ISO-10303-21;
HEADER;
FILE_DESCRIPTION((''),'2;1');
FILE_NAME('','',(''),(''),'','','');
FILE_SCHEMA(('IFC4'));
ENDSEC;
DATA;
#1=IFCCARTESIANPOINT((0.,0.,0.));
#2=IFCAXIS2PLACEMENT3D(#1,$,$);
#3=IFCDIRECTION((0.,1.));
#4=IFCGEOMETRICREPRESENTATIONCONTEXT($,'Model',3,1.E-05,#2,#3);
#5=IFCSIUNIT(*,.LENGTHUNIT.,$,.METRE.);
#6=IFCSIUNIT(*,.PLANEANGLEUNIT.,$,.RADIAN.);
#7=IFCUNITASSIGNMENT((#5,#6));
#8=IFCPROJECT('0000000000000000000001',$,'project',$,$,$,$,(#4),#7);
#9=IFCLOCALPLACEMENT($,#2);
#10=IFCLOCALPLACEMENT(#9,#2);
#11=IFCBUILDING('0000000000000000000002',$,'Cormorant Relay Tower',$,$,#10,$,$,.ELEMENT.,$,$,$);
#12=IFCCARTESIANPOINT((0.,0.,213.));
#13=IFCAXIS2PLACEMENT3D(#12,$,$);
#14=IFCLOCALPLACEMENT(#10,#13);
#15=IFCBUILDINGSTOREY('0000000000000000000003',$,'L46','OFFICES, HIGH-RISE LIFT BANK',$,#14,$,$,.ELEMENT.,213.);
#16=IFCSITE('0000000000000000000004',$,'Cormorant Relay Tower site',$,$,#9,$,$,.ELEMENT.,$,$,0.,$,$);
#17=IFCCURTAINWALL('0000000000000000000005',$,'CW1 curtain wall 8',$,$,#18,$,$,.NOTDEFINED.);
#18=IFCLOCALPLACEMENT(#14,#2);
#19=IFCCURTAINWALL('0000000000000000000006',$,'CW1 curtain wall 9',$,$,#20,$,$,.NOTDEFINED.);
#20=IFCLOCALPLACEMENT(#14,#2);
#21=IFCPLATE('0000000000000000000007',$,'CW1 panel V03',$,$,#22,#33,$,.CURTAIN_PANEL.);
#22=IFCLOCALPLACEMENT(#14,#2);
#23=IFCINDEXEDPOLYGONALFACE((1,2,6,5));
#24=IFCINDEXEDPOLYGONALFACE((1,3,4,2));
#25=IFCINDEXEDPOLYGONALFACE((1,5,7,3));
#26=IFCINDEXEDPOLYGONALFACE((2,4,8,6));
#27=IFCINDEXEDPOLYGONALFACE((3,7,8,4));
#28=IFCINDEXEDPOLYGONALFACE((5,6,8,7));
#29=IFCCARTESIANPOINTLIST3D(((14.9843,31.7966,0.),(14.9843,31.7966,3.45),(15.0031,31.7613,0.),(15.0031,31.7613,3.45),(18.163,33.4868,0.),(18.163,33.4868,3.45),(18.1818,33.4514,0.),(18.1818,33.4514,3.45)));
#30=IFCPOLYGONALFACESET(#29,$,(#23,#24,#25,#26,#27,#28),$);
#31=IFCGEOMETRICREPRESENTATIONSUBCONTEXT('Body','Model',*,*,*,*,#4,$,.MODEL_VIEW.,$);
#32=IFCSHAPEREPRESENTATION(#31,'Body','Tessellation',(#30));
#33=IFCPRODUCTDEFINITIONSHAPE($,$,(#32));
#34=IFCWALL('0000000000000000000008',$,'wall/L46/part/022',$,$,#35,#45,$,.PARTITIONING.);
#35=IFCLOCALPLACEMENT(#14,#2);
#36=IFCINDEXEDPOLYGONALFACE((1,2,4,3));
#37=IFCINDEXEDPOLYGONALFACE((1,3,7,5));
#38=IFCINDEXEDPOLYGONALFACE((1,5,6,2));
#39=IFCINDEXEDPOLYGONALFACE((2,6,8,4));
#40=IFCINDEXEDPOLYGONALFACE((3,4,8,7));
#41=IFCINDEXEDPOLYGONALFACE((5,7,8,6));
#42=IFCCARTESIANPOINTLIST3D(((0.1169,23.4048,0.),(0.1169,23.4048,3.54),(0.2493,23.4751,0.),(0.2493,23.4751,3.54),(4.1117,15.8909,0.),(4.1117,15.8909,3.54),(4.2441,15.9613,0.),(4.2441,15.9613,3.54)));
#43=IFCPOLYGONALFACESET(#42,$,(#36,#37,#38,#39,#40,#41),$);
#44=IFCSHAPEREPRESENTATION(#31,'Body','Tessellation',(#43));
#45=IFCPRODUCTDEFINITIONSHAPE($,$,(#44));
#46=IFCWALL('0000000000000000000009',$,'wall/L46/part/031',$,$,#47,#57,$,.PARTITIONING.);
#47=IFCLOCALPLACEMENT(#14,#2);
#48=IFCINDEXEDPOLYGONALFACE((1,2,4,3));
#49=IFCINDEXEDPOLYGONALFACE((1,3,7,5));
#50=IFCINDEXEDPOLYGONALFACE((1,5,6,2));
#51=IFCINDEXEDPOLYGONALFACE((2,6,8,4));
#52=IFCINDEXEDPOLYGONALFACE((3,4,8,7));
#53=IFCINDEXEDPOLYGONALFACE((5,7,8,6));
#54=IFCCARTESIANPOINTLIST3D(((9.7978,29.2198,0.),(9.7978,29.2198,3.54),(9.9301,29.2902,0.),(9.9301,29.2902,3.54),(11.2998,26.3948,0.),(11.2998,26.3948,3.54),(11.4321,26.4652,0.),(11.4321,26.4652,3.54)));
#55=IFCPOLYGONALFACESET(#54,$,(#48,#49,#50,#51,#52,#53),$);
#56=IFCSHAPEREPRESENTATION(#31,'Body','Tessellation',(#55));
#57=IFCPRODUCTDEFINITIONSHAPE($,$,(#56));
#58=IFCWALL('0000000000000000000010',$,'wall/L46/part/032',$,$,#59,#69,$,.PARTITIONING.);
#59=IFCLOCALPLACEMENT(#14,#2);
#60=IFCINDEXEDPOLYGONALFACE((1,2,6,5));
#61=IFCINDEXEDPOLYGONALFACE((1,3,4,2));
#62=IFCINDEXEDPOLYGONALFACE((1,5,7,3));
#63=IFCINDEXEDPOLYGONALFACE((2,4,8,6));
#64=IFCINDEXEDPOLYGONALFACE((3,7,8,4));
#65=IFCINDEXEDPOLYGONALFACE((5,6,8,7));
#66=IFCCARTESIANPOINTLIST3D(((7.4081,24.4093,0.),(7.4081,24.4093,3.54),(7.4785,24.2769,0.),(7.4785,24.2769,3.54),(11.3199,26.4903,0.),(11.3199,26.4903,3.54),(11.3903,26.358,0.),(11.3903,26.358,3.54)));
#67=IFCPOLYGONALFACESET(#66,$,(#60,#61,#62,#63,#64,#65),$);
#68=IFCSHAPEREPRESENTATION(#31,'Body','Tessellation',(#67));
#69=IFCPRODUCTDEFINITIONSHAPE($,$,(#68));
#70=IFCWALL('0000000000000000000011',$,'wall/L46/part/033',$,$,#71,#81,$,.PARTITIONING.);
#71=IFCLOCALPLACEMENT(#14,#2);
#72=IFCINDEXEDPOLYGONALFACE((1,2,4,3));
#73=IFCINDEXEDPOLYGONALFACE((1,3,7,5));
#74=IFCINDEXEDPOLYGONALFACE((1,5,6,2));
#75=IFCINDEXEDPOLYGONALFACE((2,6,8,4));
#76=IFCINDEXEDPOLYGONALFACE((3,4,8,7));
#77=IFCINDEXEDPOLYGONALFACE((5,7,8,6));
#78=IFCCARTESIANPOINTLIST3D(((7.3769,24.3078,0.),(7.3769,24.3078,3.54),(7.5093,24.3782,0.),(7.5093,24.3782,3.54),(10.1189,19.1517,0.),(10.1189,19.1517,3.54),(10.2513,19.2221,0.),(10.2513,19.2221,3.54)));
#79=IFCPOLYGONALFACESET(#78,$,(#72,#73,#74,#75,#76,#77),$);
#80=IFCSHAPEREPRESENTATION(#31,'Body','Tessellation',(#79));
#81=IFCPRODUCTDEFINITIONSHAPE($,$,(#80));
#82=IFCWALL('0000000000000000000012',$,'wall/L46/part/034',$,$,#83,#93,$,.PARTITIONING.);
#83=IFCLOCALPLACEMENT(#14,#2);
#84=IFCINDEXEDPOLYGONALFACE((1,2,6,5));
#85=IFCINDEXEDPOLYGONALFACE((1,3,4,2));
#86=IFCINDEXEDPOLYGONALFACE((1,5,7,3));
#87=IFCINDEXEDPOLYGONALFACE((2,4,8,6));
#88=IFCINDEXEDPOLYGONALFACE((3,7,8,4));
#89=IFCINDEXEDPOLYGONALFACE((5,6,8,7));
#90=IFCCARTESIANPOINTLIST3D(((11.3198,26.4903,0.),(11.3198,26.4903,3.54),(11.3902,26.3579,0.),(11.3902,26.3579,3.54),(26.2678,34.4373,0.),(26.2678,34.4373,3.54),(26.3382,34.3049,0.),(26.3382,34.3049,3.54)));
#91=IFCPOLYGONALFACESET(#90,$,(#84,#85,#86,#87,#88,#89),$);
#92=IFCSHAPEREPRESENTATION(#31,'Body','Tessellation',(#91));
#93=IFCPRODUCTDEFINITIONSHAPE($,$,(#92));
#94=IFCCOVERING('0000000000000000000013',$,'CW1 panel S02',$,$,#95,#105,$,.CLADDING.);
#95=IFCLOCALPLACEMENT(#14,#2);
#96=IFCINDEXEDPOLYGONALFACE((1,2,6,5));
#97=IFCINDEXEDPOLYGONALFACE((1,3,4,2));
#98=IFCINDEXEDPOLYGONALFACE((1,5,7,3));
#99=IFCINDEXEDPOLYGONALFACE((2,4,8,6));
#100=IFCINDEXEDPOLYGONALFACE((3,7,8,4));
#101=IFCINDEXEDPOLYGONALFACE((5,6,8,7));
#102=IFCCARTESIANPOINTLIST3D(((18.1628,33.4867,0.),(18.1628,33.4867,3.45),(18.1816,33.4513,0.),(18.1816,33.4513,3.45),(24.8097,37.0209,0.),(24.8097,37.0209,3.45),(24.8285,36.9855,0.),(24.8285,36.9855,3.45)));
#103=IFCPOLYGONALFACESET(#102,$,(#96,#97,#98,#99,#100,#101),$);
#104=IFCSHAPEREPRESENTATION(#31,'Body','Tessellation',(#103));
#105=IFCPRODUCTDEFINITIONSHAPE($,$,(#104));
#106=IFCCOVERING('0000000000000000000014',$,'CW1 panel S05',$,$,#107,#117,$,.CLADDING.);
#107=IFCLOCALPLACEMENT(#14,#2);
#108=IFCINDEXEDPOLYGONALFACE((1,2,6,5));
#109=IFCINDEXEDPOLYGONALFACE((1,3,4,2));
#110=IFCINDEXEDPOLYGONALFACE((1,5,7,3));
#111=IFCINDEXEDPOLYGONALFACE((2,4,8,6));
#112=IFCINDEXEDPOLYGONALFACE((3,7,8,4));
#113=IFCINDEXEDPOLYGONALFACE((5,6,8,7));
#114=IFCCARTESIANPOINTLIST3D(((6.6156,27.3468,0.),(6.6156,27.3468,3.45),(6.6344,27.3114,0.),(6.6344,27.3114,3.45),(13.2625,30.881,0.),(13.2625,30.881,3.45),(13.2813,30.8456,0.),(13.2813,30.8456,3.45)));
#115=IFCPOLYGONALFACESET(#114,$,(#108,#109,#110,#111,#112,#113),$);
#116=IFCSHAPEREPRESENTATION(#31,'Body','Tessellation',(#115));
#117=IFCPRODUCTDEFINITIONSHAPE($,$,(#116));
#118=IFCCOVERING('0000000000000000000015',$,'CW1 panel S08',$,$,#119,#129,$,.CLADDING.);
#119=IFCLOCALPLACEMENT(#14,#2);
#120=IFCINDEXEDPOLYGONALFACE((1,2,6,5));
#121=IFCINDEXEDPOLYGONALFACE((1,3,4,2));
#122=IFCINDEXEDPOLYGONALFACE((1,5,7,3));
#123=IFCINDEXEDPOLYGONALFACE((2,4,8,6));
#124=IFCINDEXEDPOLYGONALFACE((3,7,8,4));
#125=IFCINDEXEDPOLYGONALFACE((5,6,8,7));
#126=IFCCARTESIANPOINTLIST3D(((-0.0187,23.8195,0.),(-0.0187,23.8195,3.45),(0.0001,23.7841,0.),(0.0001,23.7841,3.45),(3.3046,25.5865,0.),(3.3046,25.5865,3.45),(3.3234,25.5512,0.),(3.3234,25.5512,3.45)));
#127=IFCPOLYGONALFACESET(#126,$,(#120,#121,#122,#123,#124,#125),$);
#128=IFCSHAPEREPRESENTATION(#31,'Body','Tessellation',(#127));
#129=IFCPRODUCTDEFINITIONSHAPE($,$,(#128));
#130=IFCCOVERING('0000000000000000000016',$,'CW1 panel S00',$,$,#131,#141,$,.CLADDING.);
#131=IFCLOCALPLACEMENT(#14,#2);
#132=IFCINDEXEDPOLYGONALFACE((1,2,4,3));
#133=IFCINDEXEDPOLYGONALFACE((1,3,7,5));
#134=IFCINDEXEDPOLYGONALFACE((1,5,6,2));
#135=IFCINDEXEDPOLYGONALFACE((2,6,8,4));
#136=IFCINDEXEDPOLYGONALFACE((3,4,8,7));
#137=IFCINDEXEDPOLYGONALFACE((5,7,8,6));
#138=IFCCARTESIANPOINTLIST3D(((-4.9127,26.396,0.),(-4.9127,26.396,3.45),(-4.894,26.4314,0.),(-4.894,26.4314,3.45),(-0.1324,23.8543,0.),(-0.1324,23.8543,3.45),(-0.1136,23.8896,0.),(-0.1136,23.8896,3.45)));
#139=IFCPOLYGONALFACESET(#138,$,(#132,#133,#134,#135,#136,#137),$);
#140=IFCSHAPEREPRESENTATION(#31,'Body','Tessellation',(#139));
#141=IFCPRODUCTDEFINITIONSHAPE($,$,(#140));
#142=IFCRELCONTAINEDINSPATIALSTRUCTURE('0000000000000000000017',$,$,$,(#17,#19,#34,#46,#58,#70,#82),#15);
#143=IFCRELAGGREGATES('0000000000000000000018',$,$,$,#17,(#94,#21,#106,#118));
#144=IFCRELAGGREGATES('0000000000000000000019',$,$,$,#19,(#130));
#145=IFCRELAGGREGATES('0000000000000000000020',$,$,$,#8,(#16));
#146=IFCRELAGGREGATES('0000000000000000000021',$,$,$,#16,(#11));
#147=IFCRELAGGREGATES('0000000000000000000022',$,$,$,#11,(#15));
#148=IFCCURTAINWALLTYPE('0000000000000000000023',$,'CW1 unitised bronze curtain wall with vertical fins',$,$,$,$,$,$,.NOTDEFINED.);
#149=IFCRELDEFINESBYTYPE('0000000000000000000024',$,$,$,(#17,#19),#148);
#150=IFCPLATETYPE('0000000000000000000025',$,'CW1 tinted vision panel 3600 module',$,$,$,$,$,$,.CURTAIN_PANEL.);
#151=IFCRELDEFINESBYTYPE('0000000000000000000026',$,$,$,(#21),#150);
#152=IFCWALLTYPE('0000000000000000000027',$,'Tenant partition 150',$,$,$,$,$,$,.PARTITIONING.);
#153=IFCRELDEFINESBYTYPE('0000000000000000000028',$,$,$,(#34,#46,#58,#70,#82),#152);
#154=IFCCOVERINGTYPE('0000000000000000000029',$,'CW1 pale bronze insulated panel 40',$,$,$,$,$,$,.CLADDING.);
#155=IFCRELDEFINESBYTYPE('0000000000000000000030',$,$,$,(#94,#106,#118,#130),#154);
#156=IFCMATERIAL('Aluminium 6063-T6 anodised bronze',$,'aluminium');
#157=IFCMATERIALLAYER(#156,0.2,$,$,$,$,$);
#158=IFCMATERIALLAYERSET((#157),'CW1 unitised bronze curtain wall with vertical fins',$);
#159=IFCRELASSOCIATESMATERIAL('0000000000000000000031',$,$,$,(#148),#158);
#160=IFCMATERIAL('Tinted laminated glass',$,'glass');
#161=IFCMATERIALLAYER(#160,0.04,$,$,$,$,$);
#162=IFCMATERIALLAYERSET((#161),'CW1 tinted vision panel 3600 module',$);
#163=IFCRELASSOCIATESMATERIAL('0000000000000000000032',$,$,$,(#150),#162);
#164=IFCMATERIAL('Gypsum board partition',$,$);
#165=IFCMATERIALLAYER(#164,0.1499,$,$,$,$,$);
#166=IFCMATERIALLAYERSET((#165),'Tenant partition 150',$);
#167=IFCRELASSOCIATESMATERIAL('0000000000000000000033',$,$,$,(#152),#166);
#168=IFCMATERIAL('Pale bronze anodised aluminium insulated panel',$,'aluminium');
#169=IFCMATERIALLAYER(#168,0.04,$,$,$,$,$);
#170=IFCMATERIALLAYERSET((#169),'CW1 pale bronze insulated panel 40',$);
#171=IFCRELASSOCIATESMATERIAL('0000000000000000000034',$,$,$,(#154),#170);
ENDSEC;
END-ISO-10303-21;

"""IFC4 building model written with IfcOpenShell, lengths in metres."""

from ifc_helpers import new_model, si_unit, direction, frame, frame_2d, origin, origin_2d, place, context, subcontext, project, spatial, rectangle, extrude, material, layer, layer_set, type_object, element, aggregate, save


model = new_model("IFC4")

# Units and contexts
model_context = context("Model", 3, precision=1e-05, world=origin(), true_north=direction((0.0, 1.0)))
body_context = subcontext(model_context, "Body", "Model", "MODEL_VIEW")
ifc_project = project(units=[si_unit("LENGTHUNIT", "METRE"), si_unit("PLANEANGLEUNIT", "RADIAN")], contexts=[model_context])

# Site, building, storey
site_placement = place(None, origin())
site = spatial("IfcSite", under=ifc_project, at=site_placement, Name="Cormorant Relay Tower site", CompositionType="ELEMENT", RefElevation=0.0)
building_placement = place(site_placement, origin())
building = spatial("IfcBuilding", under=site, at=building_placement, Name="Cormorant Relay Tower", CompositionType="ELEMENT")
storey_placement = place(building_placement, frame((0.0, 0.0, 213.0)))
storey = spatial("IfcBuildingStorey", under=building, at=storey_placement, Name="L46", Description="OFFICES, HIGH-RISE LIFT BANK", CompositionType="ELEMENT", Elevation=213.0)

# Curtain walls
ifc_material_1 = material(Name="Aluminium 6063-T6 anodised bronze", Category="aluminium")
ifc_layer_1 = layer(ifc_material_1, 0.2)
ifc_layer_set_1 = layer_set([ifc_layer_1], Name="CW1 unitised bronze curtain wall with vertical fins")
curtain_wall_type = type_object("IfcCurtainWallType", Name="CW1 unitised bronze curtain wall with vertical fins", PredefinedType="NOTDEFINED", material=ifc_layer_set_1)
curtain_wall_1_placement = place(storey_placement, origin())
curtain_wall_1 = element("IfcCurtainWall", 1, at=curtain_wall_1_placement, inside=storey, type_object=curtain_wall_type, Name="CW1 curtain wall 8", PredefinedType="NOTDEFINED")
curtain_wall_2_placement = place(storey_placement, origin())
curtain_wall_2 = element("IfcCurtainWall", 2, at=curtain_wall_2_placement, inside=storey, type_object=curtain_wall_type, Name="CW1 curtain wall 9", PredefinedType="NOTDEFINED")

# Plate
ifc_material_2 = material(Name="Tinted laminated glass", Category="glass")
ifc_layer_2 = layer(ifc_material_2, 0.04)
ifc_layer_set_2 = layer_set([ifc_layer_2], Name="CW1 tinted vision panel 3600 module")
plate_type_1 = type_object("IfcPlateType", Name="CW1 tinted vision panel 3600 module", PredefinedType="CURTAIN_PANEL", material=ifc_layer_set_2)
plate_1_placement = place(storey_placement, frame((16.583, 32.624, 0.0), z_axis=(0.0, 0.0, 1.0), x_axis=(-0.882948, -0.469472, 0.0)))
plate_1 = element("IfcPlate", 3, at=plate_1_placement, type_object=plate_type_1, Name="CW1 panel V03", PredefinedType="CURTAIN_PANEL", context=body_context, shape_type="SweptSolid", body=[
    extrude(rectangle(XDim=3.6001, YDim=0.04, at=origin_2d()), origin(), (0.0, 0.0, 1.0), 3.45),
])

# Walls
ifc_material_3 = material(Name="Gypsum board partition")
ifc_layer_3 = layer(ifc_material_3, 0.1499)
ifc_layer_set_3 = layer_set([ifc_layer_3], Name="Tenant partition 150")
wall_type = type_object("IfcWallType", Name="Tenant partition 150", PredefinedType="PARTITIONING", material=ifc_layer_set_3)
wall_1_placement = place(storey_placement, frame((0.1831, 23.4399, 0.0), z_axis=(0.0, 0.0, 1.0), x_axis=(0.46944, -0.882964, 0.0)))
element("IfcWall", 4, at=wall_1_placement, inside=storey, type_object=wall_type, Name="wall/L46/part/022", PredefinedType="PARTITIONING", context=body_context, shape_type="SweptSolid", body=[
    extrude(rectangle(XDim=8.5098, YDim=0.1499, at=frame_2d((4.2549, 0.0))), origin(), (0.0, 0.0, 1.0), 3.54),
])
wall_2_placement = place(storey_placement, frame((9.864, 29.2549, 0.0), z_axis=(0.0, 0.0, 1.0), x_axis=(0.469447, -0.882961, 0.0)))
element("IfcWall", 5, at=wall_2_placement, inside=storey, type_object=wall_type, Name="wall/L46/part/031", PredefinedType="PARTITIONING", context=body_context, shape_type="SweptSolid", body=[
    extrude(rectangle(XDim=3.1995, YDim=0.1499, at=frame_2d((1.5996, 0.0))), origin(), (0.0, 0.0, 1.0), 3.54),
])
wall_3_placement = place(storey_placement, frame((11.355, 26.4241, 0.0), z_axis=(0.0, 0.0, 1.0), x_axis=(-0.882847, -0.469661, 0.0)))
element("IfcWall", 6, at=wall_3_placement, inside=storey, type_object=wall_type, Name="wall/L46/part/032", PredefinedType="PARTITIONING", context=body_context, shape_type="SweptSolid", body=[
    extrude(rectangle(XDim=4.4309, YDim=0.1499, at=frame_2d((2.2153, 0.0))), origin(), (0.0, 0.0, 1.0), 3.54),
])
wall_4_placement = place(storey_placement, frame((7.4431, 24.343, 0.0), z_axis=(0.0, 0.0, 1.0), x_axis=(0.469531, -0.882916, 0.0)))
element("IfcWall", 7, at=wall_4_placement, inside=storey, type_object=wall_type, Name="wall/L46/part/033", PredefinedType="PARTITIONING", context=body_context, shape_type="SweptSolid", body=[
    extrude(rectangle(XDim=5.8398, YDim=0.1499, at=frame_2d((2.9199, 0.0))), origin(), (0.0, 0.0, 1.0), 3.54),
])
wall_5_placement = place(storey_placement, frame((11.355, 26.4241, 0.0), z_axis=(0.0, 0.0, 1.0), x_axis=(0.882971, 0.469427, 0.0)))
element("IfcWall", 8, at=wall_5_placement, inside=storey, type_object=wall_type, Name="wall/L46/part/034", PredefinedType="PARTITIONING", context=body_context, shape_type="SweptSolid", body=[
    extrude(rectangle(XDim=16.9292, YDim=0.1499, at=frame_2d((8.4646, 0.0))), origin(), (0.0, 0.0, 1.0), 3.54),
])

# Coverings
ifc_material_4 = material(Name="Pale bronze anodised aluminium insulated panel", Category="aluminium")
ifc_layer_4 = layer(ifc_material_4, 0.04)
ifc_layer_set_4 = layer_set([ifc_layer_4], Name="CW1 pale bronze insulated panel 40")
covering_type = type_object("IfcCoveringType", Name="CW1 pale bronze insulated panel 40", PredefinedType="CLADDING", material=ifc_layer_set_4)
covering_1_placement = place(storey_placement, frame((21.4956, 35.2361, 0.0), z_axis=(0.0, 0.0, 1.0), x_axis=(-0.882948, -0.469472, 0.0)))
covering_1 = element("IfcCovering", 9, at=covering_1_placement, type_object=covering_type, Name="CW1 panel S02", PredefinedType="CLADDING", context=body_context, shape_type="SweptSolid", body=[
    extrude(rectangle(XDim=7.5281, YDim=0.04, at=origin_2d()), origin(), (0.0, 0.0, 1.0), 3.45),
])
covering_2_placement = place(storey_placement, frame((9.9485, 29.0962, 0.0), z_axis=(0.0, 0.0, 1.0), x_axis=(-0.882948, -0.469472, 0.0)))
covering_2 = element("IfcCovering", 10, at=covering_2_placement, type_object=covering_type, Name="CW1 panel S05", PredefinedType="CLADDING", context=body_context, shape_type="SweptSolid", body=[
    extrude(rectangle(XDim=7.5281, YDim=0.04, at=origin_2d()), origin(), (0.0, 0.0, 1.0), 3.45),
])
covering_3_placement = place(storey_placement, frame((1.6523, 24.6853, 0.0), z_axis=(0.0, 0.0, 1.0), x_axis=(-0.882948, -0.469472, 0.0)))
covering_3 = element("IfcCovering", 11, at=covering_3_placement, type_object=covering_type, Name="CW1 panel S08", PredefinedType="CLADDING", context=body_context, shape_type="SweptSolid", body=[
    extrude(rectangle(XDim=3.7639, YDim=0.04, at=origin_2d()), origin(), (0.0, 0.0, 1.0), 3.45),
])
aggregate(curtain_wall_1, [covering_1, plate_1, covering_2, covering_3])
covering_4_placement = place(storey_placement, frame((-2.5132, 25.1428, 0.0), z_axis=(0.0, 0.0, 1.0), x_axis=(-0.882948, 0.469472, 0.0)))
covering_4 = element("IfcCovering", 12, at=covering_4_placement, type_object=covering_type, Name="CW1 panel S00", PredefinedType="CLADDING", context=body_context, shape_type="SweptSolid", body=[
    extrude(rectangle(XDim=5.4141, YDim=0.04, at=origin_2d()), origin(), (0.0, 0.0, 1.0), 3.45),
])
aggregate(curtain_wall_2, [covering_4])

save(model, "model.ifc")
